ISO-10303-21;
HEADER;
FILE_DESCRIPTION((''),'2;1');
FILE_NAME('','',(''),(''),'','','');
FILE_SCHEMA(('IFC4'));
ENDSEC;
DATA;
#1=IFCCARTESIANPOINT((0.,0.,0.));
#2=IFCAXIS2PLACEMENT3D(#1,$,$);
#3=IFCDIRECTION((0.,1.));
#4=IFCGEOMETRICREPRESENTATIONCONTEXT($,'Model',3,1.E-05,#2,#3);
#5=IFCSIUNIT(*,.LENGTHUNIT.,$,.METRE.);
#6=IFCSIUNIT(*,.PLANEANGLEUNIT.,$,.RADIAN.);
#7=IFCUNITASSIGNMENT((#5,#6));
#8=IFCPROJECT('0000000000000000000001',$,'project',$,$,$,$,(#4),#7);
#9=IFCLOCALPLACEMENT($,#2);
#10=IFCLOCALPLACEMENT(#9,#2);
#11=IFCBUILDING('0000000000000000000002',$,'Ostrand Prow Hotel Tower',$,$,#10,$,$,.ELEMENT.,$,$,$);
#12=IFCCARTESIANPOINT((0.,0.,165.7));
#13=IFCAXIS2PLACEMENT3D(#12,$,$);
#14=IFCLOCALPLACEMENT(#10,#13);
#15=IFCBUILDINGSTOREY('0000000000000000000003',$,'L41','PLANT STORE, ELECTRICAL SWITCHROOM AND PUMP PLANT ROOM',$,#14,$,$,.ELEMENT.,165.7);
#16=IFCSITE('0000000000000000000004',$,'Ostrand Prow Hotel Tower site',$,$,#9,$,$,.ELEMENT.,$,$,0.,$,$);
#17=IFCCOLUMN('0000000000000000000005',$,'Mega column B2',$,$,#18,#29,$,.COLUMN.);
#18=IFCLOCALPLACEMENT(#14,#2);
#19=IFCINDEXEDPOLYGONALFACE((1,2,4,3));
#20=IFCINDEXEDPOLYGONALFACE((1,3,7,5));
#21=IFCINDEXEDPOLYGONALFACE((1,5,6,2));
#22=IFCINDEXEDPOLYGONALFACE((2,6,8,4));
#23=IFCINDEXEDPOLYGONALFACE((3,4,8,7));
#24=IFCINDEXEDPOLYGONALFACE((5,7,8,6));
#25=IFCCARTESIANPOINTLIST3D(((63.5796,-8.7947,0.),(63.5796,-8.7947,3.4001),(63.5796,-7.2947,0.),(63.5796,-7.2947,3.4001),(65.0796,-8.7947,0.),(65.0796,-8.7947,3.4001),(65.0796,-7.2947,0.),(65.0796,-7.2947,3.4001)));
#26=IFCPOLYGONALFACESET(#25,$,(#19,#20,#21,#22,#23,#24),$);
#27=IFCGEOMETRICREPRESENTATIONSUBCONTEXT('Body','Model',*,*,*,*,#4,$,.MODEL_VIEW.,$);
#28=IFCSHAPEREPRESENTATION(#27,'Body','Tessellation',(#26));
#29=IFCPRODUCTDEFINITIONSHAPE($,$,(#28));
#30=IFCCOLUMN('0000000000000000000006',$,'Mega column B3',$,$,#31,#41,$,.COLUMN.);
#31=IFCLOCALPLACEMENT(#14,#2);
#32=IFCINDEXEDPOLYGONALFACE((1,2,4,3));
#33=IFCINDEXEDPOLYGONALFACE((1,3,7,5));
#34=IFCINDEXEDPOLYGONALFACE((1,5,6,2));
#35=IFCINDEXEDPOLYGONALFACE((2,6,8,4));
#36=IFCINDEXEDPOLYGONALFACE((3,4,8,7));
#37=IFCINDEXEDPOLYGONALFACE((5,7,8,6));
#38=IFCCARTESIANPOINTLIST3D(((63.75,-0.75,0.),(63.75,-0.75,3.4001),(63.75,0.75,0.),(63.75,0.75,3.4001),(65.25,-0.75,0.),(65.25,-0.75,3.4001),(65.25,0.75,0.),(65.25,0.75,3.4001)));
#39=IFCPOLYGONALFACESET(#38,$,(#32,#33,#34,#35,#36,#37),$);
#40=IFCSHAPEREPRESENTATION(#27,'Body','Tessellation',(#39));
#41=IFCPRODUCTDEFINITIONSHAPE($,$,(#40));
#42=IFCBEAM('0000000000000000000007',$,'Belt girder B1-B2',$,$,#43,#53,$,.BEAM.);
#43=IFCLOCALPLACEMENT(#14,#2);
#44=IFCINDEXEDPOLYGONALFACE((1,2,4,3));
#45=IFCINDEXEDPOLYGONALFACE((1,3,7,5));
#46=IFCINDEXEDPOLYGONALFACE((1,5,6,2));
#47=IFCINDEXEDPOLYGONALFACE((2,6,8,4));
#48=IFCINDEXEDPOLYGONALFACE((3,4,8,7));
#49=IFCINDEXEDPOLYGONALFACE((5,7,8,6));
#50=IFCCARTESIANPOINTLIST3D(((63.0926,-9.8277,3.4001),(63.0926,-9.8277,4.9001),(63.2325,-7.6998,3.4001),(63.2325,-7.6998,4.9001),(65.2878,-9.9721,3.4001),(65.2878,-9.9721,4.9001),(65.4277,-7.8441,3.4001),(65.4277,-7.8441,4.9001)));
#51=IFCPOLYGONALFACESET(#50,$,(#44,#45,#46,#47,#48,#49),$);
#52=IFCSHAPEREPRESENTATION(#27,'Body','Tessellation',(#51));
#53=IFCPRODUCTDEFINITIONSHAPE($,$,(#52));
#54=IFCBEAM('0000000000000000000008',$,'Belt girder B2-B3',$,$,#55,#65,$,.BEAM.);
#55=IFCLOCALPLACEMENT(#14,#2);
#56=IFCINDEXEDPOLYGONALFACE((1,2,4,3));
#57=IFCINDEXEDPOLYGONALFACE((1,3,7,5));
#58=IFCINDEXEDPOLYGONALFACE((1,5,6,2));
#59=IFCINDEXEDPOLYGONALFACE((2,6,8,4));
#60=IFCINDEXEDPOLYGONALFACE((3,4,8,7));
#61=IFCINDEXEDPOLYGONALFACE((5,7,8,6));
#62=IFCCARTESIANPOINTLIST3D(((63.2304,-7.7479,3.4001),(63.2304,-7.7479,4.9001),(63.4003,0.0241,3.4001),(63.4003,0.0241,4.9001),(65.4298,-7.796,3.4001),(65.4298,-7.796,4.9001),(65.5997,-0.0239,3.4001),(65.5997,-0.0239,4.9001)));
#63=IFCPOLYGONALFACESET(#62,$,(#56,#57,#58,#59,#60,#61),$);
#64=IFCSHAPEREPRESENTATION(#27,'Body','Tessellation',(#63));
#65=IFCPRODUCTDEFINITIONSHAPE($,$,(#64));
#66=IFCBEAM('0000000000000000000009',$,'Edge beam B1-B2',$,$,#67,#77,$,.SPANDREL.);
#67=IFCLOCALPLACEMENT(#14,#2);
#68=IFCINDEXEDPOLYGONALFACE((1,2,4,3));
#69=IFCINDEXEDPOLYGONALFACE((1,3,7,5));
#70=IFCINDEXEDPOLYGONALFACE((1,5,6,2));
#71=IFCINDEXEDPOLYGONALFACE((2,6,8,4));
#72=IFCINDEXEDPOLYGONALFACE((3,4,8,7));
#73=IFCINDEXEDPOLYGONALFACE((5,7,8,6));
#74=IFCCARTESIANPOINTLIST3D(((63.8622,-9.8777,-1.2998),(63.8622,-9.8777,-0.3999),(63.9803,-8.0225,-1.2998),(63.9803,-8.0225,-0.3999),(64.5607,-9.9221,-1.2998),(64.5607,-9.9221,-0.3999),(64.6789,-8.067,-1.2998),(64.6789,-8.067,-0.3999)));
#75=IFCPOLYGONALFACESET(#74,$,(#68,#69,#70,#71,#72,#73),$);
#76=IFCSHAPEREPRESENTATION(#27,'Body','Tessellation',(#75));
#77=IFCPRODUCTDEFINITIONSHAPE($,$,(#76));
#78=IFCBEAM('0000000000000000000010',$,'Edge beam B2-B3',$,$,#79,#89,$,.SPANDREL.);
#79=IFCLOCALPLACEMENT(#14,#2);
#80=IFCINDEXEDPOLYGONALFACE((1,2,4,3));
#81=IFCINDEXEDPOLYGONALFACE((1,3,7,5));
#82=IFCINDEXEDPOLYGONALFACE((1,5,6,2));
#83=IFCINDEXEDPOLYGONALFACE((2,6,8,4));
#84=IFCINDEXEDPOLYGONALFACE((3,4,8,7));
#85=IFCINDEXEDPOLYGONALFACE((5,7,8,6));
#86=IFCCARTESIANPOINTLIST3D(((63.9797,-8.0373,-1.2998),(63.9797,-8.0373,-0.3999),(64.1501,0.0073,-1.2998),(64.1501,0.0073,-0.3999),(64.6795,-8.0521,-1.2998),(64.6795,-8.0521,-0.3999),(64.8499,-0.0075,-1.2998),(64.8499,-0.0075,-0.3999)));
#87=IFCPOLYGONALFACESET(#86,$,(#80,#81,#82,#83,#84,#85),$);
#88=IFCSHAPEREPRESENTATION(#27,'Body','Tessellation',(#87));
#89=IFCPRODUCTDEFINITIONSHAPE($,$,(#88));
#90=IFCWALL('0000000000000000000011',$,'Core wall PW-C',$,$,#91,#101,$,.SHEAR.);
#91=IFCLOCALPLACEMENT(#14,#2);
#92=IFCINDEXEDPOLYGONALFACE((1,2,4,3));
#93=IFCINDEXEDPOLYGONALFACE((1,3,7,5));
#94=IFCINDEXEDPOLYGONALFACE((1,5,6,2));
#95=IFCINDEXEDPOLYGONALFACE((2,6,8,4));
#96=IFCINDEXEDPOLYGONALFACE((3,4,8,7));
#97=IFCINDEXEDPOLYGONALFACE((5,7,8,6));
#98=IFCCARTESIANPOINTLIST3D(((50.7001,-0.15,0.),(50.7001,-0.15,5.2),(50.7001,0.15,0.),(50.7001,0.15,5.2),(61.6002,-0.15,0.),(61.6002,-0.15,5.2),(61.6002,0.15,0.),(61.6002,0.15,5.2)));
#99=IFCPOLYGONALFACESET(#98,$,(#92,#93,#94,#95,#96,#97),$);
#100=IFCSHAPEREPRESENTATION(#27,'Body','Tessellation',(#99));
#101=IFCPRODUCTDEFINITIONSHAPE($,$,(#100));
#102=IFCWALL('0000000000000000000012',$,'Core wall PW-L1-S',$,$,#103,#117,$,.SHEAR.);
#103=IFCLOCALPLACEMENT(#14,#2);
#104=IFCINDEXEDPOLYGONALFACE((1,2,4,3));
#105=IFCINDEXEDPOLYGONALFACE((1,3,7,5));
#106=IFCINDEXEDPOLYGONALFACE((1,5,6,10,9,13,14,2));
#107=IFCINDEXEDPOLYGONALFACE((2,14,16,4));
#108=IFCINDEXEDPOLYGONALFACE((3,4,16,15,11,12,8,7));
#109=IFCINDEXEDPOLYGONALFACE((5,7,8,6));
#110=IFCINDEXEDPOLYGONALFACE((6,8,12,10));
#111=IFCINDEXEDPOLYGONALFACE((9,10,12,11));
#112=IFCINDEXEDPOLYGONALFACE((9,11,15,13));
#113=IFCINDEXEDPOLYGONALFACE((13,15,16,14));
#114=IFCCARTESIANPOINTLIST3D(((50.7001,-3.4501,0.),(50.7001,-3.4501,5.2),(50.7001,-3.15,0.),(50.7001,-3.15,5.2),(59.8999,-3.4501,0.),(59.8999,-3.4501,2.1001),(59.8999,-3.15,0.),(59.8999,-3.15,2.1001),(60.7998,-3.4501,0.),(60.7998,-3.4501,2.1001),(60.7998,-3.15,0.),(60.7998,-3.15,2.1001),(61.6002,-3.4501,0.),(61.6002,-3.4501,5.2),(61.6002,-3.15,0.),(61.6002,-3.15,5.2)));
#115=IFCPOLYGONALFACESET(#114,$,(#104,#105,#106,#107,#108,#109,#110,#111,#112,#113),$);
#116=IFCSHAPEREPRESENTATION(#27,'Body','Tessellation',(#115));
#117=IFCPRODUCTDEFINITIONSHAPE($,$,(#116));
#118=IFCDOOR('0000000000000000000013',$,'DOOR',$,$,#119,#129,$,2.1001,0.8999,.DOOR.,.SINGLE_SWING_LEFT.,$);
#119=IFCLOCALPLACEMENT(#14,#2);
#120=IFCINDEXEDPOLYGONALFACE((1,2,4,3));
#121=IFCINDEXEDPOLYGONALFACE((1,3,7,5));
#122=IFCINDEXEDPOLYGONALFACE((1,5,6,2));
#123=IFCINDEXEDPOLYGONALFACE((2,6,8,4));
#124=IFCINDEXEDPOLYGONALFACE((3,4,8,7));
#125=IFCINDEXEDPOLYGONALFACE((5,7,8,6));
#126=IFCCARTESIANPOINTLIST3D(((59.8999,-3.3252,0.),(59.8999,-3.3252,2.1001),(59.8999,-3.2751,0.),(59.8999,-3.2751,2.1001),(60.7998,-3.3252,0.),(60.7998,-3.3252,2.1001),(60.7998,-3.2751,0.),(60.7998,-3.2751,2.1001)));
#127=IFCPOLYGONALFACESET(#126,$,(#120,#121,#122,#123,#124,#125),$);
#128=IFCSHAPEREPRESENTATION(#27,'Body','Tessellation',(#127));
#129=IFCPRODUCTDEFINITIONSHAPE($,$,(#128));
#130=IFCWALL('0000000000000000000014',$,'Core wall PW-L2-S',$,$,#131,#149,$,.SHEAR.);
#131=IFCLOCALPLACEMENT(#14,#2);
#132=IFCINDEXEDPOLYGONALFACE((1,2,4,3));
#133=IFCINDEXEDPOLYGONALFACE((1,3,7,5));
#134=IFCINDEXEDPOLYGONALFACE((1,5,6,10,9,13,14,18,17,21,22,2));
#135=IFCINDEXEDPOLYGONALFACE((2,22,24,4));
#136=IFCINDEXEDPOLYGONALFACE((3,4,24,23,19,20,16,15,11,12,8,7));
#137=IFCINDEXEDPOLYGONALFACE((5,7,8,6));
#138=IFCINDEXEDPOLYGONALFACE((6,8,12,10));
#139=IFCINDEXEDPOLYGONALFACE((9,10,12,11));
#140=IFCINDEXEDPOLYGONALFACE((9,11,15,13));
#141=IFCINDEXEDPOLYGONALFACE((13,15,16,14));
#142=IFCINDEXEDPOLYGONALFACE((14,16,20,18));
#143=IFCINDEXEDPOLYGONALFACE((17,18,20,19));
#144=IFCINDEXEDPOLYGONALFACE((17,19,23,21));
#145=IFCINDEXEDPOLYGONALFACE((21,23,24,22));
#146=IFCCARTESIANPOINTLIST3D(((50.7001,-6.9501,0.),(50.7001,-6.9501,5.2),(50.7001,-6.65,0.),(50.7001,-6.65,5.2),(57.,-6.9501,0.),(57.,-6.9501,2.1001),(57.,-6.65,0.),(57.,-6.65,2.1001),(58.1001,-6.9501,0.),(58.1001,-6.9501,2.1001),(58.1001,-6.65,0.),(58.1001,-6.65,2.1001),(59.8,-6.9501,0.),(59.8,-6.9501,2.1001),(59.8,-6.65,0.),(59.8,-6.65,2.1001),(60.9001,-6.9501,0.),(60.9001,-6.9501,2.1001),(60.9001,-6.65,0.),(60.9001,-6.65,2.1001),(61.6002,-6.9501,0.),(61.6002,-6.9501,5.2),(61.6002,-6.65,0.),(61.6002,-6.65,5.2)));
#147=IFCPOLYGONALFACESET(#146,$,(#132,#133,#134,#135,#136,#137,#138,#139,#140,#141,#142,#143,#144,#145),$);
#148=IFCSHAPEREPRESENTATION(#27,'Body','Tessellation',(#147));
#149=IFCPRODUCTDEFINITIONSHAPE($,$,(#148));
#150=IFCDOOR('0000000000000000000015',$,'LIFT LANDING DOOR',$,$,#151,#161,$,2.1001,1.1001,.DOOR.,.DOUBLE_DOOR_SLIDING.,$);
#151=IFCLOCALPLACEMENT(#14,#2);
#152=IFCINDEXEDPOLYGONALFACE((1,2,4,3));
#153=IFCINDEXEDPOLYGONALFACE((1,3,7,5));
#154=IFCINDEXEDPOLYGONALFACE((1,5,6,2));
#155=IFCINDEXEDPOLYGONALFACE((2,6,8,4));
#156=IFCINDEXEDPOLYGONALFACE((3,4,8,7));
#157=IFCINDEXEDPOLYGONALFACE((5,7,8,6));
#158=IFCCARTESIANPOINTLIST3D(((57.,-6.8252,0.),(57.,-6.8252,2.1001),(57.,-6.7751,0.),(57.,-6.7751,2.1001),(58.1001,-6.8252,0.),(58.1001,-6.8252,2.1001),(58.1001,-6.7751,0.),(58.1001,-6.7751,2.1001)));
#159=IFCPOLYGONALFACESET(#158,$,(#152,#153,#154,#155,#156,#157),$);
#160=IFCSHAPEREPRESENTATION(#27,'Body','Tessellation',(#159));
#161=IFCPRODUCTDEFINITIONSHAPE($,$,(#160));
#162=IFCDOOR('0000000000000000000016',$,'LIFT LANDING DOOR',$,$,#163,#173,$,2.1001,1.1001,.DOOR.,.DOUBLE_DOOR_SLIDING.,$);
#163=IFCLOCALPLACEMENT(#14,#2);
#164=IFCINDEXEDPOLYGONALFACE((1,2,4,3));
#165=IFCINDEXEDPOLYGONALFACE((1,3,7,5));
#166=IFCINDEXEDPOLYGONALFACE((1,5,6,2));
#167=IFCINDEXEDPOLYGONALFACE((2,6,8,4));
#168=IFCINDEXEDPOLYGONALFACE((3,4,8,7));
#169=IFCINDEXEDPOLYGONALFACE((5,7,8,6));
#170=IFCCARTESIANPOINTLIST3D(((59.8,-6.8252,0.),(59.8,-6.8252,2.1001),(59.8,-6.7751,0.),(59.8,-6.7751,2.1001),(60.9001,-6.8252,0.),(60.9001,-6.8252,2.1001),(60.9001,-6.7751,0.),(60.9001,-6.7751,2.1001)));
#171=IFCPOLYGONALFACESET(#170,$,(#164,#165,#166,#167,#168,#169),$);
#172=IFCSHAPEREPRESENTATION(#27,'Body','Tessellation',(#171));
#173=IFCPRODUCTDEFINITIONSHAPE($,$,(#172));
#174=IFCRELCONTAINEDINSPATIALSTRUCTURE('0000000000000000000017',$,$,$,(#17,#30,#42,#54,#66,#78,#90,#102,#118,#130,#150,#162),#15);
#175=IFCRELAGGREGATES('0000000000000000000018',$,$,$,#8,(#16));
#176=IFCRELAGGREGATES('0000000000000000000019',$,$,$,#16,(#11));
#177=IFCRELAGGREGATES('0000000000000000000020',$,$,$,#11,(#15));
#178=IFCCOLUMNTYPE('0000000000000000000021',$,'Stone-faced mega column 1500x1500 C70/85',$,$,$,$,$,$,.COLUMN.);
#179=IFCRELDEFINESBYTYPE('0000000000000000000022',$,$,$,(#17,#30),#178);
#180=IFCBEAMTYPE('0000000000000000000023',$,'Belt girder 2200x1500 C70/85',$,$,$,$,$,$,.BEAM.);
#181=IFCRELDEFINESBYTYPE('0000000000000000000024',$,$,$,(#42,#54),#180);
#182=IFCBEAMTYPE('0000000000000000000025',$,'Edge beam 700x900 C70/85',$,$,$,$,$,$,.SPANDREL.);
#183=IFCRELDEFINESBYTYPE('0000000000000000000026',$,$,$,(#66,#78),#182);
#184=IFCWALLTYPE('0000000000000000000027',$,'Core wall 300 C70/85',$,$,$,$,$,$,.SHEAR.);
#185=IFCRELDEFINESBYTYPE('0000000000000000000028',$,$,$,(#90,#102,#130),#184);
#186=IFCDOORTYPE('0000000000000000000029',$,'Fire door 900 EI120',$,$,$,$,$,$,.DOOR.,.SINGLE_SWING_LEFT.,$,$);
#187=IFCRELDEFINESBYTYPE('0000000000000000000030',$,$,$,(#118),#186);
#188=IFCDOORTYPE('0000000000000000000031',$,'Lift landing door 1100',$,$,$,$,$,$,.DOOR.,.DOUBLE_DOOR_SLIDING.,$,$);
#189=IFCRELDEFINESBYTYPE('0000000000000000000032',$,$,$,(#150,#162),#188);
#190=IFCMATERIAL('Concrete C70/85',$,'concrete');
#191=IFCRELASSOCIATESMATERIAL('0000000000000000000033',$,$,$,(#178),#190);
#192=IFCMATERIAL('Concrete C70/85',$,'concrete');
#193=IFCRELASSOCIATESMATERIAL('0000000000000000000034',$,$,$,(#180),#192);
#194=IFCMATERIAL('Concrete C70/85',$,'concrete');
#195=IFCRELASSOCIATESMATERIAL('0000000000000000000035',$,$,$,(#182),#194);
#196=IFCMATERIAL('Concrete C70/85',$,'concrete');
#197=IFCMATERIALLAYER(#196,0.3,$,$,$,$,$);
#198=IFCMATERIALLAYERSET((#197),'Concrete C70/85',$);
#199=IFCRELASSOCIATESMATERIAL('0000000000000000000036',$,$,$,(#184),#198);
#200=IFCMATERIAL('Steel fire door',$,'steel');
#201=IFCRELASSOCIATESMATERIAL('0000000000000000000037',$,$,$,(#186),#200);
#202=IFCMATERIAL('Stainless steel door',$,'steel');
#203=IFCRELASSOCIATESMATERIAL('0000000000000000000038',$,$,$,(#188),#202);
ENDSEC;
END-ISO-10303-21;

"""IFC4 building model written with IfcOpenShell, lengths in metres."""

from ifc_helpers import new_model, si_unit, direction, frame, frame_2d, origin, origin_2d, place, context, subcontext, project, spatial, rectangle, extrude, material, layer, layer_set, material_profile, profile_set, type_object, element, fill, save


model = new_model("IFC4")

# Units and contexts
model_context = context("Model", 3, precision=1e-05, world=origin(), true_north=direction((0.0, 1.0)))
body_context = subcontext(model_context, "Body", "Model", "MODEL_VIEW")
ifc_project = project(units=[si_unit("LENGTHUNIT", "METRE"), si_unit("PLANEANGLEUNIT", "RADIAN")], contexts=[model_context])

# Site, building, storey
site_placement = place(None, origin())
site = spatial("IfcSite", under=ifc_project, at=site_placement, Name="Ostrand Prow Hotel Tower site", CompositionType="ELEMENT", RefElevation=0.0)
building_placement = place(site_placement, origin())
building = spatial("IfcBuilding", under=site, at=building_placement, Name="Ostrand Prow Hotel Tower", CompositionType="ELEMENT")
storey_placement = place(building_placement, frame((0.0, 0.0, 165.7)))
storey = spatial("IfcBuildingStorey", under=building, at=storey_placement, Name="L41", Description="PLANT STORE, ELECTRICAL SWITCHROOM AND PUMP PLANT ROOM", CompositionType="ELEMENT", Elevation=165.7)

# Columns
ifc_material_1 = material(Name="Concrete C70/85", Category="concrete")
ifc_material_profile_1 = material_profile(ifc_material_1, rectangle(XDim=1.5, YDim=1.5, at=origin_2d()), Name="RC 1500x1500")
ifc_profile_set_1 = profile_set([ifc_material_profile_1], Name="Concrete C70/85")
column_type = type_object("IfcColumnType", Name="Stone-faced mega column 1500x1500 C70/85", PredefinedType="COLUMN", material=ifc_profile_set_1)
for number, where, z_axis, x_axis, name in (
    (1, (64.3296, -8.0447, 0.0), (0.0, 0.0, 1.0), (1.0, 0.0, 0.0), "Mega column B2"),
    (2, (64.5, 0.0, 0.0), (0.0, 0.0, 1.0), (1.0, 0.0, 0.0), "Mega column B3"),
):
    element("IfcColumn", number, at=place(storey_placement, frame(where, z_axis=z_axis, x_axis=x_axis)), inside=storey, type_object=column_type, Name=name, PredefinedType="COLUMN", context=body_context, shape_type="SweptSolid", body=[
        extrude(rectangle(XDim=1.5, YDim=1.5, at=origin_2d()), origin(), (0.0, 0.0, 1.0), 3.4001),
    ])

# Beams
ifc_material_2 = material(Name="Concrete C70/85", Category="concrete")
ifc_material_profile_2 = material_profile(ifc_material_2, rectangle(XDim=2.2, YDim=1.5, at=origin_2d()), Name="RC 2200x1500")
ifc_profile_set_2 = profile_set([ifc_material_profile_2], Name="Concrete C70/85")
beam_type_1 = type_object("IfcBeamType", Name="Belt girder 2200x1500 C70/85", PredefinedType="BEAM", material=ifc_profile_set_2)
beam_1_placement = place(storey_placement, frame((64.1902, -9.8999, 4.1501), z_axis=(0.0656, 0.997846, 0.0), x_axis=(-0.997846, 0.0656, 0.0)))
element("IfcBeam", 3, at=beam_1_placement, inside=storey, type_object=beam_type_1, Name="Belt girder B1-B2", PredefinedType="BEAM", context=body_context, shape_type="SweptSolid", body=[
    extrude(rectangle(XDim=2.2, YDim=1.5, at=origin_2d()), origin(), (0.0, 0.0, 1.0), 2.1326),
])
beam_2_placement = place(storey_placement, frame((64.3301, -7.772, 4.1501), z_axis=(0.021858, 0.999761, 0.0), x_axis=(-0.999761, 0.021858, 0.0)))
element("IfcBeam", 4, at=beam_2_placement, inside=storey, type_object=beam_type_1, Name="Belt girder B2-B3", PredefinedType="BEAM", context=body_context, shape_type="SweptSolid", body=[
    extrude(rectangle(XDim=2.2, YDim=1.5, at=origin_2d()), origin(), (0.0, 0.0, 1.0), 7.7739),
])
ifc_material_3 = material(Name="Concrete C70/85", Category="concrete")
ifc_material_profile_3 = material_profile(ifc_material_3, rectangle(XDim=0.7, YDim=0.8999, at=origin_2d()), Name="RC 700x900")
ifc_profile_set_3 = profile_set([ifc_material_profile_3], Name="Concrete C70/85")
beam_type_2 = type_object("IfcBeamType", Name="Edge beam 700x900 C70/85", PredefinedType="SPANDREL", material=ifc_profile_set_3)
beam_3_placement = place(storey_placement, frame((64.2114, -9.8999, -0.8499), z_axis=(0.063564, 0.997978, 0.0), x_axis=(-0.997978, 0.063564, 0.0)))
element("IfcBeam", 5, at=beam_3_placement, inside=storey, type_object=beam_type_2, Name="Edge beam B1-B2", PredefinedType="SPANDREL", context=body_context, shape_type="SweptSolid", body=[
    extrude(rectangle(XDim=0.7, YDim=0.8999, at=origin_2d()), origin(), (0.0, 0.0, 1.0), 1.8589),
])
beam_4_placement = place(storey_placement, frame((64.3296, -8.0447, -0.8499), z_axis=(0.021178, 0.999776, 0.0), x_axis=(-0.999776, 0.021178, 0.0)))
element("IfcBeam", 6, at=beam_4_placement, inside=storey, type_object=beam_type_2, Name="Edge beam B2-B3", PredefinedType="SPANDREL", context=body_context, shape_type="SweptSolid", body=[
    extrude(rectangle(XDim=0.7, YDim=0.8999, at=origin_2d()), origin(), (0.0, 0.0, 1.0), 8.0464),
])

# Wall
ifc_material_4 = material(Name="Concrete C70/85", Category="concrete")
ifc_layer_1 = layer(ifc_material_4, 0.3)
ifc_layer_set_1 = layer_set([ifc_layer_1], Name="Concrete C70/85")
wall_type_1 = type_object("IfcWallType", Name="Core wall 300 C70/85", PredefinedType="SHEAR", material=ifc_layer_set_1)
wall_1_placement = place(storey_placement, frame((50.7, 0.0, 0.0), z_axis=(0.0, 0.0, 1.0), x_axis=(1.0, 0.0, 0.0)))
element("IfcWall", 7, at=wall_1_placement, inside=storey, type_object=wall_type_1, Name="Core wall PW-C", PredefinedType="SHEAR", context=body_context, shape_type="SweptSolid", body=[
    extrude(rectangle(XDim=10.9001, YDim=0.3, at=frame_2d((5.4502, 0.0))), origin(), (0.0, 0.0, 1.0), 5.2),
])

# Wall, opening, door
wall_2_placement = place(storey_placement, frame((50.7, -3.3, 0.0), z_axis=(0.0, 0.0, 1.0), x_axis=(1.0, 0.0, 0.0)))
wall_2 = element("IfcWall", 8, at=wall_2_placement, inside=storey, type_object=wall_type_1, Name="Core wall PW-L1-S", PredefinedType="SHEAR", context=body_context, shape_type="SweptSolid", body=[
    extrude(rectangle(XDim=10.9001, YDim=0.3, at=frame_2d((5.4502, 0.0))), origin(), (0.0, 0.0, 1.0), 5.2),
])
opening_1_placement = place(wall_2_placement, frame((9.2, 0.0, 0.0)))
opening_1 = element("IfcOpeningElement", 9, at=opening_1_placement, cuts=wall_2, PredefinedType="OPENING", context=body_context, shape_type="SweptSolid", body=[
    extrude(rectangle(XDim=0.8999, YDim=2.1001, at=frame_2d((0.45, 1.05))), frame((0.0, 0.1599, 0.0), z_axis=(0.0, -1.0, 0.0), x_axis=(1.0, 0.0, 0.0)), (0.0, 0.0, 1.0), 0.3201),
])
ifc_material_5 = material(Name="Steel fire door", Category="steel")
door_type_1 = type_object("IfcDoorType", Name="Fire door 900 EI120", OperationType="SINGLE_SWING_LEFT", PredefinedType="DOOR", material=ifc_material_5)
door_1_placement = place(opening_1_placement, origin())
door_1 = element("IfcDoor", 10, at=door_1_placement, inside=storey, type_object=door_type_1, Name="DOOR", OperationType="SINGLE_SWING_LEFT", OverallHeight=2.1001, OverallWidth=0.8999, PredefinedType="DOOR", context=body_context, shape_type="SweptSolid", body=[
    extrude(rectangle(XDim=0.8999, YDim=2.1001, at=frame_2d((0.45, 1.05))), frame((0.0, 0.0249, 0.0), z_axis=(0.0, -1.0, 0.0), x_axis=(1.0, 0.0, 0.0)), (0.0, 0.0, 1.0), 0.05),
])
fill(opening_1, door_1)

# Wall, openings, doors
wall_3_placement = place(storey_placement, frame((50.7, -6.8, 0.0), z_axis=(0.0, 0.0, 1.0), x_axis=(1.0, 0.0, 0.0)))
wall_3 = element("IfcWall", 11, at=wall_3_placement, inside=storey, type_object=wall_type_1, Name="Core wall PW-L2-S", PredefinedType="SHEAR", context=body_context, shape_type="SweptSolid", body=[
    extrude(rectangle(XDim=10.9001, YDim=0.3, at=frame_2d((5.4502, 0.0))), origin(), (0.0, 0.0, 1.0), 5.2),
])
opening_2_placement = place(wall_3_placement, frame((6.3, 0.0, 0.0)))
opening_2 = element("IfcOpeningElement", 12, at=opening_2_placement, cuts=wall_3, PredefinedType="OPENING", context=body_context, shape_type="SweptSolid", body=[
    extrude(rectangle(XDim=1.1001, YDim=2.1001, at=frame_2d((0.55, 1.05))), frame((0.0, 0.1599, 0.0), z_axis=(0.0, -1.0, 0.0), x_axis=(1.0, 0.0, 0.0)), (0.0, 0.0, 1.0), 0.3201),
])
opening_3_placement = place(wall_3_placement, frame((9.1001, 0.0, 0.0)))
opening_3 = element("IfcOpeningElement", 13, at=opening_3_placement, cuts=wall_3, PredefinedType="OPENING", context=body_context, shape_type="SweptSolid", body=[
    extrude(rectangle(XDim=1.1001, YDim=2.1001, at=frame_2d((0.55, 1.05))), frame((0.0, 0.1599, 0.0), z_axis=(0.0, -1.0, 0.0), x_axis=(1.0, 0.0, 0.0)), (0.0, 0.0, 1.0), 0.3201),
])
ifc_material_6 = material(Name="Stainless steel door", Category="steel")
door_type_2 = type_object("IfcDoorType", Name="Lift landing door 1100", OperationType="DOUBLE_DOOR_SLIDING", PredefinedType="DOOR", material=ifc_material_6)
door_2_placement = place(opening_2_placement, origin())
door_2 = element("IfcDoor", 14, at=door_2_placement, inside=storey, type_object=door_type_2, Name="LIFT LANDING DOOR", OperationType="DOUBLE_DOOR_SLIDING", OverallHeight=2.1001, OverallWidth=1.1001, PredefinedType="DOOR", context=body_context, shape_type="SweptSolid", body=[
    extrude(rectangle(XDim=1.1001, YDim=2.1001, at=frame_2d((0.55, 1.05))), frame((0.0, 0.0249, 0.0), z_axis=(0.0, -1.0, 0.0), x_axis=(1.0, 0.0, 0.0)), (0.0, 0.0, 1.0), 0.05),
])
fill(opening_2, door_2)
door_3_placement = place(opening_3_placement, origin())
door_3 = element("IfcDoor", 15, at=door_3_placement, inside=storey, type_object=door_type_2, Name="LIFT LANDING DOOR", OperationType="DOUBLE_DOOR_SLIDING", OverallHeight=2.1001, OverallWidth=1.1001, PredefinedType="DOOR", context=body_context, shape_type="SweptSolid", body=[
    extrude(rectangle(XDim=1.1001, YDim=2.1001, at=frame_2d((0.55, 1.05))), frame((0.0, 0.0249, 0.0), z_axis=(0.0, -1.0, 0.0), x_axis=(1.0, 0.0, 0.0)), (0.0, 0.0, 1.0), 0.05),
])
fill(opening_3, door_3)

save(model, "model.ifc")
